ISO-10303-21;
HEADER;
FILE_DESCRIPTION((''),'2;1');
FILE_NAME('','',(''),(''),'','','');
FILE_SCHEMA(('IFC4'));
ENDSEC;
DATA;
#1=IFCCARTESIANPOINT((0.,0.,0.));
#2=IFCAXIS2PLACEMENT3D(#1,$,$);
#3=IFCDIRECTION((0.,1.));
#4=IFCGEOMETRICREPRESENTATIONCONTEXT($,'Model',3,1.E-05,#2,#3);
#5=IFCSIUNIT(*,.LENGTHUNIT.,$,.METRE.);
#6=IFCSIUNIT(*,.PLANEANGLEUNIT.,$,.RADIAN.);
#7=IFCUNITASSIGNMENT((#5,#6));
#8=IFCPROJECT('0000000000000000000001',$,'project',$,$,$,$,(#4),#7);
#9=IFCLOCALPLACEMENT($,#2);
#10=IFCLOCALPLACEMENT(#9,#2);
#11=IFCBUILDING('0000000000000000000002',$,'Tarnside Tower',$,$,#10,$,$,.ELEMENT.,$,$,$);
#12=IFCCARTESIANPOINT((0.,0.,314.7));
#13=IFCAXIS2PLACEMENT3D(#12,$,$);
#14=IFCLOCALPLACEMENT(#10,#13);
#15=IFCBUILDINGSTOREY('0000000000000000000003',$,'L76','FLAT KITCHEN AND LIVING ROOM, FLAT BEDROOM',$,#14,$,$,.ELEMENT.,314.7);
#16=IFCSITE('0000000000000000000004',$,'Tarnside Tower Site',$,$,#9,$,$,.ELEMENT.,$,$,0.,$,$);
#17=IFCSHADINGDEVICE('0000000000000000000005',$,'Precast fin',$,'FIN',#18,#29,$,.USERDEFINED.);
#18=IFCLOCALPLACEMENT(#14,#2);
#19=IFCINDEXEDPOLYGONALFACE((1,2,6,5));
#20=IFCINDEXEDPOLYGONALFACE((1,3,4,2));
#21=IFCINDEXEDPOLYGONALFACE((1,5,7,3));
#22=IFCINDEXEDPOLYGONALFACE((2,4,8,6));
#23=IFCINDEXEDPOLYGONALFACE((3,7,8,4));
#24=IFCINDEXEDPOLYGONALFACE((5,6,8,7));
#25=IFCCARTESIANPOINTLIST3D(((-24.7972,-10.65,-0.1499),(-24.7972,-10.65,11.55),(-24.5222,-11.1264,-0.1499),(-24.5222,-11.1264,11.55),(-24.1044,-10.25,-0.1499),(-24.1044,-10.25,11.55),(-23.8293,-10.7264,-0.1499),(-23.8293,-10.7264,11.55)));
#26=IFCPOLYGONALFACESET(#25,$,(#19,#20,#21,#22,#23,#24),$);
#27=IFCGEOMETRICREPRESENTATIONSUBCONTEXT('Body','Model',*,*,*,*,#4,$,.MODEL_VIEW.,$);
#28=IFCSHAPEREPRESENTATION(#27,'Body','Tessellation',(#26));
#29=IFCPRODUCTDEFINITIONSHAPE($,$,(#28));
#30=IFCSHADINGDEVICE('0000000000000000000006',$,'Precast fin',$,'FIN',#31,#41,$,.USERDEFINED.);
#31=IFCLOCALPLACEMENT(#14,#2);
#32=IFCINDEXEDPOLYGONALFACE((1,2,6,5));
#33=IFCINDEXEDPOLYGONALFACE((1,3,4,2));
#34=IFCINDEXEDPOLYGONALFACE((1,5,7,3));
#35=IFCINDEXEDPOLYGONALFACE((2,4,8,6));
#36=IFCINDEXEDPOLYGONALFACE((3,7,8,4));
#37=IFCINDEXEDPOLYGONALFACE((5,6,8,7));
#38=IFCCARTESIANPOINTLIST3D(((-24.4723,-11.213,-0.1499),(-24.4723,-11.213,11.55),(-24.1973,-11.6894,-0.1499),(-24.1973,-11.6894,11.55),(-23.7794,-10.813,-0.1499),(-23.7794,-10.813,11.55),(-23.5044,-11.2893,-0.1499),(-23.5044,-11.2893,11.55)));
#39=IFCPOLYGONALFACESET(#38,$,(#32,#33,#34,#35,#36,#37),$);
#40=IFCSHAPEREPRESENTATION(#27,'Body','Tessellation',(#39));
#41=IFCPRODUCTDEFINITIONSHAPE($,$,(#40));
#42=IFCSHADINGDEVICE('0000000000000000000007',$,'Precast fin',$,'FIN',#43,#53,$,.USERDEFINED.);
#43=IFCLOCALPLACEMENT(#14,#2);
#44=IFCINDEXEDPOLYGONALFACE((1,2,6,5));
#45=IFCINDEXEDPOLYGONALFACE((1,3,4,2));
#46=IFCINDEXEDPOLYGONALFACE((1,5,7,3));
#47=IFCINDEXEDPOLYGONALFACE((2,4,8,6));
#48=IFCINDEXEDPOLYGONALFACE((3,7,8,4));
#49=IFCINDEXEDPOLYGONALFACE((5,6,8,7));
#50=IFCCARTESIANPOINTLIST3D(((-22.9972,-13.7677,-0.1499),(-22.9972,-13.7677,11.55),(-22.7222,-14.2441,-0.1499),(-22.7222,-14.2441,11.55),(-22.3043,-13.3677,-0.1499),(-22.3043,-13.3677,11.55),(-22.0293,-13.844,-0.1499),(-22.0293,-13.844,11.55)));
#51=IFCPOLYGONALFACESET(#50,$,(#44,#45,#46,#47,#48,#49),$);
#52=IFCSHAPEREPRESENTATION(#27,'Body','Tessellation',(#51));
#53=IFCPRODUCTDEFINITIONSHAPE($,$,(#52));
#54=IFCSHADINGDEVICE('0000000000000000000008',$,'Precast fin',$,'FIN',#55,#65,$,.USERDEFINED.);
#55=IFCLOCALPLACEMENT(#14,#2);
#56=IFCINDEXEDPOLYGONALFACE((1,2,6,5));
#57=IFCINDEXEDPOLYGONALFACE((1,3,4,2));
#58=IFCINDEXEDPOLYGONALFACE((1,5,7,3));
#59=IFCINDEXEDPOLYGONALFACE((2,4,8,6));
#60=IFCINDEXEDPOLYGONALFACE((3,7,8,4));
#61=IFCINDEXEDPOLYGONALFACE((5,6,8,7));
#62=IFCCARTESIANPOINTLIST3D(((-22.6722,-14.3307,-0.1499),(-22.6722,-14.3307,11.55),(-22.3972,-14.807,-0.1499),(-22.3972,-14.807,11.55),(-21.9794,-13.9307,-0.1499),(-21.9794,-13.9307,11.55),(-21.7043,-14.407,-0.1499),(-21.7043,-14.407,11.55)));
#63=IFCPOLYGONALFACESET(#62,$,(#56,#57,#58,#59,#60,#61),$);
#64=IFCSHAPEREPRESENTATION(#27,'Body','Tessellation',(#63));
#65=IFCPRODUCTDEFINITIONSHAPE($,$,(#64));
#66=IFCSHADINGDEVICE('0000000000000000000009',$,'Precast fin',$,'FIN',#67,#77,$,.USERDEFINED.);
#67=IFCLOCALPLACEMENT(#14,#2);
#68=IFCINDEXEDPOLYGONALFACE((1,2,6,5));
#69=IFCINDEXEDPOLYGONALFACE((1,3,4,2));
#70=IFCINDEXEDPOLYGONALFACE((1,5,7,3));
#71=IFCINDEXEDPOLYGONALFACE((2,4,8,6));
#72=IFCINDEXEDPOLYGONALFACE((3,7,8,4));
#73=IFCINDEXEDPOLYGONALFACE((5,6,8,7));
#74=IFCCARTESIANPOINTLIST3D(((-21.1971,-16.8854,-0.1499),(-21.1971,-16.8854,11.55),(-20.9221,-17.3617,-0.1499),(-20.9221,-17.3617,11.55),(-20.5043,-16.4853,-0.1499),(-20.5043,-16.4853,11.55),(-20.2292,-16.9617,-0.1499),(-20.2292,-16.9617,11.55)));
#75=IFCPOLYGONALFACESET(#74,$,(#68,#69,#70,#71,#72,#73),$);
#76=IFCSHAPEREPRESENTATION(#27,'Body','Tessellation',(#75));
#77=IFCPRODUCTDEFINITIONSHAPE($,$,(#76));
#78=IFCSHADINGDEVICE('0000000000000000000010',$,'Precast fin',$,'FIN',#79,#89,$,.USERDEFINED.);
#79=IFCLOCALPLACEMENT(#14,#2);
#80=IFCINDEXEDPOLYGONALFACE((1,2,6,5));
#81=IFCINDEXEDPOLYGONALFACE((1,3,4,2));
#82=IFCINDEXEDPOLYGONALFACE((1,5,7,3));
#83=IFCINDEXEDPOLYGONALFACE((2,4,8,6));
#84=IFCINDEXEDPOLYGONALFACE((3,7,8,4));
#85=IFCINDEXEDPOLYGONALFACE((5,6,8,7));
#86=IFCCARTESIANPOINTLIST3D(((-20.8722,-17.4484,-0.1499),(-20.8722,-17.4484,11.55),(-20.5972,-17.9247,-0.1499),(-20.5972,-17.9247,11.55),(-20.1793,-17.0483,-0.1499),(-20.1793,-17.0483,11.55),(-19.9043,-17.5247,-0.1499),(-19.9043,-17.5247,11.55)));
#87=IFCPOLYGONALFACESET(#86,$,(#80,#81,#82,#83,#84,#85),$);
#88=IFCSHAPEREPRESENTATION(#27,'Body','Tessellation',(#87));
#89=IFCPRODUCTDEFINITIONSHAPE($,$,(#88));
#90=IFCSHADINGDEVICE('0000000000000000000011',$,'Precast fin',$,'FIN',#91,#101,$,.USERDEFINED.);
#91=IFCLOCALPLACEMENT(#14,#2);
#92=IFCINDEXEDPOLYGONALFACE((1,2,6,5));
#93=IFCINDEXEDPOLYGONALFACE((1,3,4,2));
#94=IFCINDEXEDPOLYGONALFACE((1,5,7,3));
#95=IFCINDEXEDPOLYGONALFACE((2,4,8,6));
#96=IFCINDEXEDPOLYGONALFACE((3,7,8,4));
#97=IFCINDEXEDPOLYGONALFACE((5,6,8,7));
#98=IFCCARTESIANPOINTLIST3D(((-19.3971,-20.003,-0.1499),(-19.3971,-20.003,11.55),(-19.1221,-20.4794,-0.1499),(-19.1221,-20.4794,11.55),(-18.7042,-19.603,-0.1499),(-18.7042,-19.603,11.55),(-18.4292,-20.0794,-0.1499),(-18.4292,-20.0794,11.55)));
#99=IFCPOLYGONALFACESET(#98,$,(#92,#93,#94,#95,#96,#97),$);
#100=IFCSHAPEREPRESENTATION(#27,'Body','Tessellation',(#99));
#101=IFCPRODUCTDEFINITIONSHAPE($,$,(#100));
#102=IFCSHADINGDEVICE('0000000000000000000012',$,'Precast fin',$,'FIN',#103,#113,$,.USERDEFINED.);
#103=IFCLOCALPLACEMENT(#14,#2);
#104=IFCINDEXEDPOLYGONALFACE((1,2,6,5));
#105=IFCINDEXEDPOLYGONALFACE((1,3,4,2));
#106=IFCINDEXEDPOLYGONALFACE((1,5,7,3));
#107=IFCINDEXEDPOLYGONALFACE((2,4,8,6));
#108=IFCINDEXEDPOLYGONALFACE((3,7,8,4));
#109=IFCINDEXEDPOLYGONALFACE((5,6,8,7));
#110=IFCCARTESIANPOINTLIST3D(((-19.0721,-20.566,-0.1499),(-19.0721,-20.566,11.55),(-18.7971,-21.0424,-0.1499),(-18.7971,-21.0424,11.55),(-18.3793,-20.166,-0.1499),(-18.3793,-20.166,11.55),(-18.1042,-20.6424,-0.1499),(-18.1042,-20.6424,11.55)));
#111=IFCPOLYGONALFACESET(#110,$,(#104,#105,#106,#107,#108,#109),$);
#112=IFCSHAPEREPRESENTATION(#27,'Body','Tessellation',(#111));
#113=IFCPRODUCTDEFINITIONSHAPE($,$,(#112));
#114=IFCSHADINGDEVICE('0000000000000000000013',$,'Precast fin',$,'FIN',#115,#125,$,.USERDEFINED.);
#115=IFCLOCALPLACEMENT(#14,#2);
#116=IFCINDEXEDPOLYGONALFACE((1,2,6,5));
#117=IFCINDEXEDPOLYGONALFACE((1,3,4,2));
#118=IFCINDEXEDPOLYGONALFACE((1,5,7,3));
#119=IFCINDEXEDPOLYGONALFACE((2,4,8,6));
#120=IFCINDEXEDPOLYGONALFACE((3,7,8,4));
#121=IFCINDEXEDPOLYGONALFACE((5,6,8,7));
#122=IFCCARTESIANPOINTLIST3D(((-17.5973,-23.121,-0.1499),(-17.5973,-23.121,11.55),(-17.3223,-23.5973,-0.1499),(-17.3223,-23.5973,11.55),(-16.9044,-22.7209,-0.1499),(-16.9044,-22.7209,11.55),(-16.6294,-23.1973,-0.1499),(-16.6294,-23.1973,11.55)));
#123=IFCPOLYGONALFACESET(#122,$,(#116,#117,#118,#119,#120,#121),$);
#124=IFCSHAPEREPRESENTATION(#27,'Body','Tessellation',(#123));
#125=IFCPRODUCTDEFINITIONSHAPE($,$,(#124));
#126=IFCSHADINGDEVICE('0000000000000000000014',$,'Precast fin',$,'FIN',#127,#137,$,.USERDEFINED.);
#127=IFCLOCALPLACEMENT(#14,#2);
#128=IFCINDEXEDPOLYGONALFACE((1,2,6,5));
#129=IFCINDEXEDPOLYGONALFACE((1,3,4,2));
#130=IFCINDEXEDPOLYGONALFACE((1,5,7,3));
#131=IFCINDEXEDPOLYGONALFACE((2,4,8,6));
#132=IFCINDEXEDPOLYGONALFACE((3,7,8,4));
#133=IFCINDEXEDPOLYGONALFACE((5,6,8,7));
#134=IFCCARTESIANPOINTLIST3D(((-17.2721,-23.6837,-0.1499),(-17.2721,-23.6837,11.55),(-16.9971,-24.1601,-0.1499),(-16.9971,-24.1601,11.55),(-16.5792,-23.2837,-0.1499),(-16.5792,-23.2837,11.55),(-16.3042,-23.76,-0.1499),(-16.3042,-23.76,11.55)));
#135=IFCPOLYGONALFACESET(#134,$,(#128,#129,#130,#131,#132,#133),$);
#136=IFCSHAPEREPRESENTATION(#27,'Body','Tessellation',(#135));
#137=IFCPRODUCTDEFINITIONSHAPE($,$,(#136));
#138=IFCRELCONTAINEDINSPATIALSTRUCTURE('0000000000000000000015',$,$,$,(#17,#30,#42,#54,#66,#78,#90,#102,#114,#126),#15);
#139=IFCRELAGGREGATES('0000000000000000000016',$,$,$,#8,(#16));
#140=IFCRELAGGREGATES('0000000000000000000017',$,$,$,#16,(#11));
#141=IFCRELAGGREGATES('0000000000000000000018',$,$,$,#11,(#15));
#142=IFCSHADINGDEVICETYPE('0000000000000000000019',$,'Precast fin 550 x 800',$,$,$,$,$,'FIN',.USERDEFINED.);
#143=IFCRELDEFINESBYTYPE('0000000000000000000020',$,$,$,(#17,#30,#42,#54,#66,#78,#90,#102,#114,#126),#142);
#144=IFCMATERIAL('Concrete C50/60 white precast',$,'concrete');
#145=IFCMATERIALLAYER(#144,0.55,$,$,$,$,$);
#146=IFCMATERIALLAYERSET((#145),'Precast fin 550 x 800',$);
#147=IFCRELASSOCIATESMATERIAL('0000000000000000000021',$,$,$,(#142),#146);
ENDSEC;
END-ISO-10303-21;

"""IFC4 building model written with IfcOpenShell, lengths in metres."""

from ifc_helpers import new_model, si_unit, direction, frame, origin, place, context, subcontext, project, spatial, polyline, outline, extrude, material, layer, layer_set, type_object, element, save


model = new_model("IFC4")

# Units and contexts
model_context = context("Model", 3, precision=1e-05, world=origin(), true_north=direction((0.0, 1.0)))
body_context = subcontext(model_context, "Body", "Model", "MODEL_VIEW")
ifc_project = project(units=[si_unit("LENGTHUNIT", "METRE"), si_unit("PLANEANGLEUNIT", "RADIAN")], contexts=[model_context])

# Site, building, storey
site_placement = place(None, origin())
site = spatial("IfcSite", under=ifc_project, at=site_placement, Name="Tarnside Tower Site", CompositionType="ELEMENT", RefElevation=0.0)
building_placement = place(site_placement, origin())
building = spatial("IfcBuilding", under=site, at=building_placement, Name="Tarnside Tower", CompositionType="ELEMENT")
storey_placement = place(building_placement, frame((0.0, 0.0, 314.7)))
storey = spatial("IfcBuildingStorey", under=building, at=storey_placement, Name="L76", Description="FLAT KITCHEN AND LIVING ROOM, FLAT BEDROOM", CompositionType="ELEMENT", Elevation=314.7)

# Shading devices
ifc_material_1 = material(Name="Concrete C50/60 white precast", Category="concrete")
ifc_layer_1 = layer(ifc_material_1, 0.55)
ifc_layer_set_1 = layer_set([ifc_layer_1], Name="Precast fin 550 x 800")
shading_device_type_1 = type_object("IfcShadingDeviceType", Name="Precast fin 550 x 800", ElementType="FIN", PredefinedType="USERDEFINED", material=ifc_layer_set_1)
for number, where, z_axis, x_axis, name in (
    (1, (-23.9668, -10.4883, -0.1499), (-0.5, 0.866025, 0.0), (-0.866025, -0.5, 0.0), "Precast fin"),
    (2, (-23.6418, -11.0513, -0.1499), (-0.5, 0.866025, 0.0), (-0.866025, -0.5, 0.0), "Precast fin"),
    (3, (-22.1667, -13.606, -0.1499), (-0.5, 0.866025, 0.0), (-0.866025, -0.5, 0.0), "Precast fin"),
    (4, (-21.8418, -14.1689, -0.1499), (-0.5, 0.866025, 0.0), (-0.866025, -0.5, 0.0), "Precast fin"),
    (5, (-20.3667, -16.7236, -0.1499), (-0.5, 0.866025, 0.0), (-0.866025, -0.5, 0.0), "Precast fin"),
    (6, (-20.0417, -17.2866, -0.1499), (-0.5, 0.866025, 0.0), (-0.866025, -0.5, 0.0), "Precast fin"),
    (7, (-18.5667, -19.8413, -0.1499), (-0.5, 0.866025, 0.0), (-0.866025, -0.5, 0.0), "Precast fin"),
    (8, (-18.2417, -20.4043, -0.1499), (-0.5, 0.866025, 0.0), (-0.866025, -0.5, 0.0), "Precast fin"),
    (9, (-16.7668, -22.9592, -0.1499), (-0.5, 0.866025, 0.0), (-0.866025, -0.5, 0.0), "Precast fin"),
    (10, (-16.4417, -23.522, -0.1499), (-0.5, 0.866025, 0.0), (-0.866025, -0.5, 0.0), "Precast fin"),
):
    element("IfcShadingDevice", number, at=place(storey_placement, frame(where, z_axis=z_axis, x_axis=x_axis)), inside=storey, type_object=shading_device_type_1, Name=name, ObjectType="FIN", PredefinedType="USERDEFINED", context=body_context, shape_type="SweptSolid", body=[
        extrude(outline(polyline([(0.0, 0.0), (0.8, 0.0), (0.8, 11.7), (0.0, 11.7), (0.0, 0.0)])), frame((0.0, 0.0, -0.2749)), (0.0, 0.0, 1.0), 0.55),
    ])

save(model, "model.ifc")
